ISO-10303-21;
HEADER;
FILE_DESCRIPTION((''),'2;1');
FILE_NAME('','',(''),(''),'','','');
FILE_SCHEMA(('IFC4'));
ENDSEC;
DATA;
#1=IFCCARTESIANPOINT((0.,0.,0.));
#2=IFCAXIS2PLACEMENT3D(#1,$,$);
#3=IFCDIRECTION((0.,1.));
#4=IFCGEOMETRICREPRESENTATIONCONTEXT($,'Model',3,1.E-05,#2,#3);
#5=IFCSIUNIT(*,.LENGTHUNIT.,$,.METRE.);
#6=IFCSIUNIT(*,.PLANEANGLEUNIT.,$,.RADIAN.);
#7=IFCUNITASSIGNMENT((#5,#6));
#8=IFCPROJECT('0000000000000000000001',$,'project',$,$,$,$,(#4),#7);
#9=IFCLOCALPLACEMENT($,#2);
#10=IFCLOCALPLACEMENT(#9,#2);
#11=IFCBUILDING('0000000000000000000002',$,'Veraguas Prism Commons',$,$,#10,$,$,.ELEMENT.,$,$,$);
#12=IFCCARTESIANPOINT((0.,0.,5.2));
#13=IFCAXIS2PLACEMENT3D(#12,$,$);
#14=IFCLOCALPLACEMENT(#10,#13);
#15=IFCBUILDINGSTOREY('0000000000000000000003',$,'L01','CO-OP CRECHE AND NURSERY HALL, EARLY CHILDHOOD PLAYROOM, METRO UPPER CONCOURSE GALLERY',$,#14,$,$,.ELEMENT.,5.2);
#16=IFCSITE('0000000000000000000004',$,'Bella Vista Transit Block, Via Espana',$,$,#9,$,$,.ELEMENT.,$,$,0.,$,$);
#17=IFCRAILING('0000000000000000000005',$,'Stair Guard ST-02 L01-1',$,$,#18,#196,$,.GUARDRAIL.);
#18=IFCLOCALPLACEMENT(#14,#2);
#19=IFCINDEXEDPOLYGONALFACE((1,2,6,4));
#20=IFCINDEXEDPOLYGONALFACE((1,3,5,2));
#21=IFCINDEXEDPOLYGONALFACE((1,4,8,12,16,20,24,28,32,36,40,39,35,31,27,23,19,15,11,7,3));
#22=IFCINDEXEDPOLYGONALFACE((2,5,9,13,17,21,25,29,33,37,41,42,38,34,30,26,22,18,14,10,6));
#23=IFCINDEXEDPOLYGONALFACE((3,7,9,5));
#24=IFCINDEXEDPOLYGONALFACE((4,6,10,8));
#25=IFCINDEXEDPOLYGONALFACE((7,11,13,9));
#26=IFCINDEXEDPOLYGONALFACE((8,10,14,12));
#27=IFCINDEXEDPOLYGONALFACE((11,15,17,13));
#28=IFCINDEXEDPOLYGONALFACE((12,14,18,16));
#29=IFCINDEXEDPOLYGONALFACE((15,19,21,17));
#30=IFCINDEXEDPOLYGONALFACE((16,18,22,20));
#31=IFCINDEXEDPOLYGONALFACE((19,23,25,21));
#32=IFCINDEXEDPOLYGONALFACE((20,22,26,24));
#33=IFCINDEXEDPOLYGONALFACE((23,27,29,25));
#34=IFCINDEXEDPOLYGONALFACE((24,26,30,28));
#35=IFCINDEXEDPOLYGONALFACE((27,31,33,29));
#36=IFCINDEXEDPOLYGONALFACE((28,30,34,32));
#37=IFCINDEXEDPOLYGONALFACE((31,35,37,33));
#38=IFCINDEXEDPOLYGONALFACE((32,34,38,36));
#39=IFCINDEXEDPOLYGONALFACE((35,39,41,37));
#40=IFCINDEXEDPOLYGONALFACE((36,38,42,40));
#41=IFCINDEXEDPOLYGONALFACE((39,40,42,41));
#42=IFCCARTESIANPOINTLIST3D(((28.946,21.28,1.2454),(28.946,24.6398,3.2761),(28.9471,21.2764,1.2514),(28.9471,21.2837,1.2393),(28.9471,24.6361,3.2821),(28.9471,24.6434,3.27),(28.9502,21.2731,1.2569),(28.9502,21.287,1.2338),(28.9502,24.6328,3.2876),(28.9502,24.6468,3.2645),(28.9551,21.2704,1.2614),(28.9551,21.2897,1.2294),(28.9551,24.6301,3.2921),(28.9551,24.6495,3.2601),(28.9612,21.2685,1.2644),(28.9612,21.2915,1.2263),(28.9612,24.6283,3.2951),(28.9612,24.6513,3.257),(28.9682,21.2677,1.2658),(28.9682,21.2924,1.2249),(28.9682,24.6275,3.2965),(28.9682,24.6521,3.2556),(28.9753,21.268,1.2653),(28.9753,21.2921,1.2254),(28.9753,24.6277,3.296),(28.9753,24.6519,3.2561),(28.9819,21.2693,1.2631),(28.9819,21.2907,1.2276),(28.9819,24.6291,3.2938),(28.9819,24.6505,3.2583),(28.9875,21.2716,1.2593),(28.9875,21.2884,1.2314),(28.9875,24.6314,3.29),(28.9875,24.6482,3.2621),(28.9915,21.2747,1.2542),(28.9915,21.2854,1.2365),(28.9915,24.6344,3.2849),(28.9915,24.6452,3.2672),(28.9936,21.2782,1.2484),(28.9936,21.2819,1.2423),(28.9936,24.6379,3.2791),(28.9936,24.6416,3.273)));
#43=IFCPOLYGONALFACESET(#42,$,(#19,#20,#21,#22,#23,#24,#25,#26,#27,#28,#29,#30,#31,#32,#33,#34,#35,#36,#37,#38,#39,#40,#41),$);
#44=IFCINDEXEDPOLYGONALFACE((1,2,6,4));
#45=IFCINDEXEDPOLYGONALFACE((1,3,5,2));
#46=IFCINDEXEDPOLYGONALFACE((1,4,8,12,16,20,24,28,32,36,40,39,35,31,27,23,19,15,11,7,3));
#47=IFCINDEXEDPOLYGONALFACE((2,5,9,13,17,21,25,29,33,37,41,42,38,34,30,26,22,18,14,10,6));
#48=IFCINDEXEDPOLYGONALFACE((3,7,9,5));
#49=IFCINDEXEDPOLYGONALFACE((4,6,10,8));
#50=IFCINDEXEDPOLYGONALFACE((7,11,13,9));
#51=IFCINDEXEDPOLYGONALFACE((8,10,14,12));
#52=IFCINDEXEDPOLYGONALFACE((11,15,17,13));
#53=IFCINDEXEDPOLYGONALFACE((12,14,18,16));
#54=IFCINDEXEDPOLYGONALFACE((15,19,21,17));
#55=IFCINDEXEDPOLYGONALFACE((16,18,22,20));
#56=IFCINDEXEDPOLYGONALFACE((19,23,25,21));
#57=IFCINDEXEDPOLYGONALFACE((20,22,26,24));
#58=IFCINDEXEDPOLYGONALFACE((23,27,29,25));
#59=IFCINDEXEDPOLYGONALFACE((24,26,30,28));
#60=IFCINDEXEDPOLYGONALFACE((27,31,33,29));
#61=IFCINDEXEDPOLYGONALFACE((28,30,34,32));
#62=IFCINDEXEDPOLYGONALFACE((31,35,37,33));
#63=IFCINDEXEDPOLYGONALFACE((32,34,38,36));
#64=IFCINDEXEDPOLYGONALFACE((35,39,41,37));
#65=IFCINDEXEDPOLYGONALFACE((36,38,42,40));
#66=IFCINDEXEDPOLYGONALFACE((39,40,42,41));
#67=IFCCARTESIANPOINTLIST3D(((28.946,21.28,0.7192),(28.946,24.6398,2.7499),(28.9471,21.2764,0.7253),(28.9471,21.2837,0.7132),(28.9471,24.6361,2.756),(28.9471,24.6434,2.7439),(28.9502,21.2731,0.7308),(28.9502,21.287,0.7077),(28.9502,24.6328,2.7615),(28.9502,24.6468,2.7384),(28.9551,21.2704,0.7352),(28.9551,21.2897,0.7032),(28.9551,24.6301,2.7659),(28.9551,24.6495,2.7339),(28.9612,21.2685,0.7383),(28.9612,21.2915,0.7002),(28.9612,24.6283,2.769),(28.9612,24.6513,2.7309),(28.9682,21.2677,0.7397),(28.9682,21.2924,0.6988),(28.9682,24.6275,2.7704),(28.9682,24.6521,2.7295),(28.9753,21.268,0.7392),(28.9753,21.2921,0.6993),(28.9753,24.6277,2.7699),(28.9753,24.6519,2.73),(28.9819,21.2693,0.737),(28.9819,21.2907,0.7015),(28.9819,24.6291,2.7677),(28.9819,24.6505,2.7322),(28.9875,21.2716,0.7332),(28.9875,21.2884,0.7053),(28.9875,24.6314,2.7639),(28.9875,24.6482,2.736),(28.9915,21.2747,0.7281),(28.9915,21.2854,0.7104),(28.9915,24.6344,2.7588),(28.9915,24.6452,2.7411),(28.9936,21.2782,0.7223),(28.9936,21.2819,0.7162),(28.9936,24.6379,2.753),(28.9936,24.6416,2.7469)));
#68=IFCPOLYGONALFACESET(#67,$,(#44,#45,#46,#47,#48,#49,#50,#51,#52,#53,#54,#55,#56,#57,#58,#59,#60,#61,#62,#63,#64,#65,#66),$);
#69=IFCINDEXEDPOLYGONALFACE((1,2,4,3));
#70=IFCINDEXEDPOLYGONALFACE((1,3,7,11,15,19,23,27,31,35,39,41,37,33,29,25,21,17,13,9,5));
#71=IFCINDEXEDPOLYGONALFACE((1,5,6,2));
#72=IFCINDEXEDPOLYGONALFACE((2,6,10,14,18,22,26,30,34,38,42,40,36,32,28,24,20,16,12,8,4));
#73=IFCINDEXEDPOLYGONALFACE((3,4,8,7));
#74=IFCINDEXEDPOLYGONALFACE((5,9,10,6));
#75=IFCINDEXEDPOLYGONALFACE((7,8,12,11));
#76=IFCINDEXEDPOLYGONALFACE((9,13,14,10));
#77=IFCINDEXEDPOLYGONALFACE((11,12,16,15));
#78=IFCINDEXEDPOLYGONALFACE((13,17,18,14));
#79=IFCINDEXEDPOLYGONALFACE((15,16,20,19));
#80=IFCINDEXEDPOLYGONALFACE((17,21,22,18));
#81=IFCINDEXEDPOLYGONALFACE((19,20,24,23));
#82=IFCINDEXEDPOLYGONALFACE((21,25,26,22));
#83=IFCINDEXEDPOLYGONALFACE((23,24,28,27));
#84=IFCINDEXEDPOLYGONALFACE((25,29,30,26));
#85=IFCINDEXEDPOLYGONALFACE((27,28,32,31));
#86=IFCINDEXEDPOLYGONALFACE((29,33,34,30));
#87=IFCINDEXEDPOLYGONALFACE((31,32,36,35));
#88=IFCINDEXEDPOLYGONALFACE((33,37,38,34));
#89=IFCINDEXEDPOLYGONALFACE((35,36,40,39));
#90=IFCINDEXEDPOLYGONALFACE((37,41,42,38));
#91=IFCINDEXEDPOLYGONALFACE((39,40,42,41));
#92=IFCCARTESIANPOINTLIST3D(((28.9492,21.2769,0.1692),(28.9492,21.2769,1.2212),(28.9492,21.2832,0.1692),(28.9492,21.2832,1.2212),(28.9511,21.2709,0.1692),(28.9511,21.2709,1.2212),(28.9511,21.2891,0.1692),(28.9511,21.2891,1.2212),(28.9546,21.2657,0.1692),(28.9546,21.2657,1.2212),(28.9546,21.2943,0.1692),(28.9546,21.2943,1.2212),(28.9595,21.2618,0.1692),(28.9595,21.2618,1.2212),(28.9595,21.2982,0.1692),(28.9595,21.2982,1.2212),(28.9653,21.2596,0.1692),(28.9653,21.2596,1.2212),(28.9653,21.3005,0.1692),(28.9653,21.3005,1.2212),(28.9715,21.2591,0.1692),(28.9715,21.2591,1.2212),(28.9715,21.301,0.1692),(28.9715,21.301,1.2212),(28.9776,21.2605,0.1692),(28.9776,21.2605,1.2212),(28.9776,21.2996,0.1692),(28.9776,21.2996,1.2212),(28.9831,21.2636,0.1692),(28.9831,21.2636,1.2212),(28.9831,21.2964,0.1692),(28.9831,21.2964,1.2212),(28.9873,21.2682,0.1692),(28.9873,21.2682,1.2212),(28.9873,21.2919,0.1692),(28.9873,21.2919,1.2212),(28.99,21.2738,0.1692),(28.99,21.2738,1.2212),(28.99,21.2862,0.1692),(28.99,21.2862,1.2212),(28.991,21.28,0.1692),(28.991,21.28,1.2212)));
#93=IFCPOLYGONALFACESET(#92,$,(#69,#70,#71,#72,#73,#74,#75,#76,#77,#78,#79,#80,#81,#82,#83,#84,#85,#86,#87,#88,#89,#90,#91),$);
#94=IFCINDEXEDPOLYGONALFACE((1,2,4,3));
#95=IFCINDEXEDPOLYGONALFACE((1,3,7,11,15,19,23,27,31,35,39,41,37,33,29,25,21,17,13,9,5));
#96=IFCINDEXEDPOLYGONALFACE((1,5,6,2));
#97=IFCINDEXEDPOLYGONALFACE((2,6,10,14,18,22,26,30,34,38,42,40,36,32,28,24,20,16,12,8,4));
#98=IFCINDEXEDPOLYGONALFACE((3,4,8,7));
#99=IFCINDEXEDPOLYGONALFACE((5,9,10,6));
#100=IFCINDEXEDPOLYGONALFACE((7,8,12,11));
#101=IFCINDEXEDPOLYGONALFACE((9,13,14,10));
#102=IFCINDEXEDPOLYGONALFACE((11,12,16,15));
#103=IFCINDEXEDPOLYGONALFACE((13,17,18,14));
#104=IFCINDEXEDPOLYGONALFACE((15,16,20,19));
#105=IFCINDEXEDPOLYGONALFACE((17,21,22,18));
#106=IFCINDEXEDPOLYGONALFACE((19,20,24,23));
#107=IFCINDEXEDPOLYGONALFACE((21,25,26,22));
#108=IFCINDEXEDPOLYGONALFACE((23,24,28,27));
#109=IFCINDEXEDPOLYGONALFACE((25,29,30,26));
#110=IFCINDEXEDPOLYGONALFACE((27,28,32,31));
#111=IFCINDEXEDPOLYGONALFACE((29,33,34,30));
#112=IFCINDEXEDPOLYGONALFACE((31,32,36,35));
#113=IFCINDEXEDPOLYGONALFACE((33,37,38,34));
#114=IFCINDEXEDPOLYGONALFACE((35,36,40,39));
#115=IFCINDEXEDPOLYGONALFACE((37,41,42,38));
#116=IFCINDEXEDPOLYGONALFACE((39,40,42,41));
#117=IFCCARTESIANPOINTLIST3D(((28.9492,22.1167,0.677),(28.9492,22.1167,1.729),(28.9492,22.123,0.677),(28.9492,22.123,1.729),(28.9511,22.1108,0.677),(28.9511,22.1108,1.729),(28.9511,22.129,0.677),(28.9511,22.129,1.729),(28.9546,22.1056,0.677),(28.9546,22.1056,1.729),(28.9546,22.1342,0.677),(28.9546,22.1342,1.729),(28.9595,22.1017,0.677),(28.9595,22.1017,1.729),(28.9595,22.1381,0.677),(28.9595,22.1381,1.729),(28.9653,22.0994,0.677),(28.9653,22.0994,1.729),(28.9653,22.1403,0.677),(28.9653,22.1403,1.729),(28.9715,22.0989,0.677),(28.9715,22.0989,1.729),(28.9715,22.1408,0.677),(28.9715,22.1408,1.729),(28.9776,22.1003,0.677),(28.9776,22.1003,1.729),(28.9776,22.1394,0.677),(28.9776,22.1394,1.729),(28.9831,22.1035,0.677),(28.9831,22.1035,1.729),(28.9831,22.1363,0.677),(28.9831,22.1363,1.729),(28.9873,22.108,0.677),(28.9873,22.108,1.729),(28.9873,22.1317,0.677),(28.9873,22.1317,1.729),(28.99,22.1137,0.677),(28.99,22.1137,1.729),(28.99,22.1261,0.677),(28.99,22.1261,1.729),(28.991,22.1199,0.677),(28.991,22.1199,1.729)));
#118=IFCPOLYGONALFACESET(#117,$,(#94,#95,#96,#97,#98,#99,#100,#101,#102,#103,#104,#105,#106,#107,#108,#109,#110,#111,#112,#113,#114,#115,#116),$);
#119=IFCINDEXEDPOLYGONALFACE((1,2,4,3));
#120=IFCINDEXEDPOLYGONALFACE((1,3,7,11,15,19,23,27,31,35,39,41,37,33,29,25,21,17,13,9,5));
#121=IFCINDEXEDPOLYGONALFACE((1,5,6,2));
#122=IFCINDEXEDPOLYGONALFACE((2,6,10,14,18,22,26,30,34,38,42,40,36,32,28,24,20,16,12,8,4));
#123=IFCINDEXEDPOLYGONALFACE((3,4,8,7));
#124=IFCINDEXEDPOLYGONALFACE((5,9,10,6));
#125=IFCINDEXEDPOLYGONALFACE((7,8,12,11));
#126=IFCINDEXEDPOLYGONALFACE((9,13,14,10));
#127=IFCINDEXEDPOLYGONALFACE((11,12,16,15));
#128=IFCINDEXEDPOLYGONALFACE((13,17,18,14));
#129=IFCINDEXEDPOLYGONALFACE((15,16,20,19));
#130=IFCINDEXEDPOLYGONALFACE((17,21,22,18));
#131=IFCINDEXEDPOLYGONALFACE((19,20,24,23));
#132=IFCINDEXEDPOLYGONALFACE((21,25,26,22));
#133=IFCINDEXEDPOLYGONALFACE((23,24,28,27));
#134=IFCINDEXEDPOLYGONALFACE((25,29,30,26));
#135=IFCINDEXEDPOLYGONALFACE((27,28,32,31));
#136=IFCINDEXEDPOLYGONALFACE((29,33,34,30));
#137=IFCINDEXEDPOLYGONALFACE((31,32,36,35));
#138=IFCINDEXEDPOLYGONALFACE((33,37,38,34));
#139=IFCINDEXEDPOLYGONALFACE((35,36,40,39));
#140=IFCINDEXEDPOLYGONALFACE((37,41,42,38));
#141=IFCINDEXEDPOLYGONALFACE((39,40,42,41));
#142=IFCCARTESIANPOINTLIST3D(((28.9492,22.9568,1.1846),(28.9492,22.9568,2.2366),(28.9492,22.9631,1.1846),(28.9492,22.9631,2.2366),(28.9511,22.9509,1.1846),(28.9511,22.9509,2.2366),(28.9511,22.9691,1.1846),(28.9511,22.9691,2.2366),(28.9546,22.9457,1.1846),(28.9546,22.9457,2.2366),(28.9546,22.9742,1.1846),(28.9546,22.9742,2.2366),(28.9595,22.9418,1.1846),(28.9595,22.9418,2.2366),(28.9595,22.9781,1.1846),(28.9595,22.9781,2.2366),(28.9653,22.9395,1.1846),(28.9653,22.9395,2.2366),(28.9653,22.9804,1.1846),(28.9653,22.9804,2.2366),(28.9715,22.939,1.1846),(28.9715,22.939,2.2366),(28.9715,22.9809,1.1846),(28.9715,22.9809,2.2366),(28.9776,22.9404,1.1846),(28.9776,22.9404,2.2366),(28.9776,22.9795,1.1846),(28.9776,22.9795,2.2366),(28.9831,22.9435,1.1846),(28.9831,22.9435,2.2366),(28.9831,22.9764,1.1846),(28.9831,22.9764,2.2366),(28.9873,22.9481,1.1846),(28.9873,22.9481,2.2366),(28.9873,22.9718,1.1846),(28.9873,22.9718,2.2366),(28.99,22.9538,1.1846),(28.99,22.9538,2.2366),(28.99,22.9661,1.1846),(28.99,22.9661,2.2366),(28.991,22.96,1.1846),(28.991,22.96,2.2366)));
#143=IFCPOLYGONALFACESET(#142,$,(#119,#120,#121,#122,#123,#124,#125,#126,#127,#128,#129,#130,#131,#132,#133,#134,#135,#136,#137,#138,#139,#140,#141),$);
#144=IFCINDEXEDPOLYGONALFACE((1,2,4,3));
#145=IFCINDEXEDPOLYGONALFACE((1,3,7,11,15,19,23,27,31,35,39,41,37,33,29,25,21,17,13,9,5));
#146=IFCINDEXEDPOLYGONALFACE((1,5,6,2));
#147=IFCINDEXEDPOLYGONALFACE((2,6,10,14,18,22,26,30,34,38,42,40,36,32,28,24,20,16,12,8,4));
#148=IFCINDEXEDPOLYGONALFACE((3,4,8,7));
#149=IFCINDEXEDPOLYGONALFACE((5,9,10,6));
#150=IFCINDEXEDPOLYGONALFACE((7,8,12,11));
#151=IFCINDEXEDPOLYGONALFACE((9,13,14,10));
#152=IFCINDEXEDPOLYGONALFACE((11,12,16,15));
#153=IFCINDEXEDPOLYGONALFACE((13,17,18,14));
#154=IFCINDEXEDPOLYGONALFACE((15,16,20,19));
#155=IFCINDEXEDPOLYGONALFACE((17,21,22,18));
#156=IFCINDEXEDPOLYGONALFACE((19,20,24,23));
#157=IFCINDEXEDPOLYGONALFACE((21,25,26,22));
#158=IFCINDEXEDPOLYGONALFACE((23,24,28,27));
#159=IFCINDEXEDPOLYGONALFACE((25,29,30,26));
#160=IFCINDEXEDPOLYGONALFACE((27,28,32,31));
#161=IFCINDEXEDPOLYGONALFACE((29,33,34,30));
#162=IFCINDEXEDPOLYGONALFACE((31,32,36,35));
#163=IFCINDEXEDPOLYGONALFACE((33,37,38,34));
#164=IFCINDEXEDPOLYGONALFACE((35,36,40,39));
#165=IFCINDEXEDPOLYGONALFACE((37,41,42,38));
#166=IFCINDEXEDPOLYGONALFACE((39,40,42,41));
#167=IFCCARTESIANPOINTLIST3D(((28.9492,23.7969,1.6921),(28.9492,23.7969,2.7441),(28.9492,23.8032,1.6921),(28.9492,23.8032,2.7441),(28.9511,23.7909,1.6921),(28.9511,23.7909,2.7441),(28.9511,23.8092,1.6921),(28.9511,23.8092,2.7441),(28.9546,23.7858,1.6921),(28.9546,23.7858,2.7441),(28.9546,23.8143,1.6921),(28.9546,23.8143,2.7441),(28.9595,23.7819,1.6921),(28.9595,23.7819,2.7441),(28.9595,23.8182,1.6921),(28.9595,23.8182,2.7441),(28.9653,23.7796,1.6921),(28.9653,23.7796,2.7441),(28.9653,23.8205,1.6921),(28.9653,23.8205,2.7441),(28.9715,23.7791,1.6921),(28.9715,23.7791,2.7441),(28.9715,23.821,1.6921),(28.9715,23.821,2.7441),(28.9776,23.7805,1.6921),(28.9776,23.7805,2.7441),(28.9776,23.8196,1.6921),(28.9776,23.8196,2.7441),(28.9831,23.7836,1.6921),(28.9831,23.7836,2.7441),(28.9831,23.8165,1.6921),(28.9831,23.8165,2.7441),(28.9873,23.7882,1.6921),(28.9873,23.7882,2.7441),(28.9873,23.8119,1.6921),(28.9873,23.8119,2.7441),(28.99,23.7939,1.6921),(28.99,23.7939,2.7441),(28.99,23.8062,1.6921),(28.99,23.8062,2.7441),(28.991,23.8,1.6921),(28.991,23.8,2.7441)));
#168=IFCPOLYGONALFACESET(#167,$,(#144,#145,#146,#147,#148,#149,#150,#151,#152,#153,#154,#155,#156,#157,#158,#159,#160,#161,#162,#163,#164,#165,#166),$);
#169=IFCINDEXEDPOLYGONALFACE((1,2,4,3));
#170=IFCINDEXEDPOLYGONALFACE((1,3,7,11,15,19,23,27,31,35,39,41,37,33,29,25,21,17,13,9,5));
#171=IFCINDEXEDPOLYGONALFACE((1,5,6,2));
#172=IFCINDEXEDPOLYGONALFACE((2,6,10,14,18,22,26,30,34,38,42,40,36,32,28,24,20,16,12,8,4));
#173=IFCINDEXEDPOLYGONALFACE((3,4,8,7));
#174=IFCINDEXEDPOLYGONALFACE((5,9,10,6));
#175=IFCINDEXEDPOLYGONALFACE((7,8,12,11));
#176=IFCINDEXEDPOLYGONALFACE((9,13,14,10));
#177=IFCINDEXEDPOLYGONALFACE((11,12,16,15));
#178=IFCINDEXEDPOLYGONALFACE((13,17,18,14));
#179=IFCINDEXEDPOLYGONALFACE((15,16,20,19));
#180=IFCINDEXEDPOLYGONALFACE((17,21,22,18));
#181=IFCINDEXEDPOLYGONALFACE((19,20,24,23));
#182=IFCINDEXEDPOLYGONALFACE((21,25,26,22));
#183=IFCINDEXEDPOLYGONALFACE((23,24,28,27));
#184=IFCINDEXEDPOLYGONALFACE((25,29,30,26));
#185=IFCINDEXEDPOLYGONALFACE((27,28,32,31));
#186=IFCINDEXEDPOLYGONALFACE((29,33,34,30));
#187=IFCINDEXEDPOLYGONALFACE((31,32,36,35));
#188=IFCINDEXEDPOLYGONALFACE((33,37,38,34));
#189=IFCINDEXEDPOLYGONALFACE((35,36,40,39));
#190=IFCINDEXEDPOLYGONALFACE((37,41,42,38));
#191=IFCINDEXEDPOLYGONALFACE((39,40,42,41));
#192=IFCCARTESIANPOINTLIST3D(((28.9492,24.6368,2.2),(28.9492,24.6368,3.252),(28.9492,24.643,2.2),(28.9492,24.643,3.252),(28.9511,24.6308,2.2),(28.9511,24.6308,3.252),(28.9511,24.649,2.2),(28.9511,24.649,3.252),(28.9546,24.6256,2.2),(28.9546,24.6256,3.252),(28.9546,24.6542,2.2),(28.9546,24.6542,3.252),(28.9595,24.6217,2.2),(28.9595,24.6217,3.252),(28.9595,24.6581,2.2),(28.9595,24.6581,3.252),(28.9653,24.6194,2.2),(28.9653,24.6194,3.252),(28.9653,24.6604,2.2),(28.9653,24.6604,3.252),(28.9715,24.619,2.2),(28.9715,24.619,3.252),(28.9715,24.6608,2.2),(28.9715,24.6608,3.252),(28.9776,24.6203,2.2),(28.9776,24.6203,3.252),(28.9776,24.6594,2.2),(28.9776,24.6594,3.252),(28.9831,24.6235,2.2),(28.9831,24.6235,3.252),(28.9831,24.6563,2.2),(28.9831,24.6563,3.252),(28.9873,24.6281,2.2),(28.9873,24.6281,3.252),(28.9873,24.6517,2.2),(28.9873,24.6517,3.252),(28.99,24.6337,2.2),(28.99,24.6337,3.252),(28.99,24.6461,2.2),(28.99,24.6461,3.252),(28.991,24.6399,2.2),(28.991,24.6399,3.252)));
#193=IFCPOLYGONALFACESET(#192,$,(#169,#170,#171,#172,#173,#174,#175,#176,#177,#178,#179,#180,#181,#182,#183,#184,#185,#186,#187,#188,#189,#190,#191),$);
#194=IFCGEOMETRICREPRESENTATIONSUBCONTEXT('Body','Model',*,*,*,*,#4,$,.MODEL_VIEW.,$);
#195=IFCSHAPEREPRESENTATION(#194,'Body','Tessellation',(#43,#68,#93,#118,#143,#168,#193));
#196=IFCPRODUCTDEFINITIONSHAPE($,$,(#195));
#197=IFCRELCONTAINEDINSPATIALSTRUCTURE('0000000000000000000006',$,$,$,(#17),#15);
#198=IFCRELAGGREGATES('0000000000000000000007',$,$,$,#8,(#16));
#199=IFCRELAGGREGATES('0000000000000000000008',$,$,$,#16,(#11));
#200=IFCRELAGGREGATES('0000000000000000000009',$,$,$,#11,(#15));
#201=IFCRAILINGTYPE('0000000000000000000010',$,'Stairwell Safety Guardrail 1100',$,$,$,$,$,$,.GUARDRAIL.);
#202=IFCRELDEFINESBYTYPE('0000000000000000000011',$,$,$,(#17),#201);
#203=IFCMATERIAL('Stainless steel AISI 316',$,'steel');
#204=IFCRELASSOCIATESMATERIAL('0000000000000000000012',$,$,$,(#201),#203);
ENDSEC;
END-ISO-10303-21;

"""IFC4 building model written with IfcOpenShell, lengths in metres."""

from ifc_helpers import new_model, si_unit, direction, frame, origin, origin_2d, place, context, subcontext, project, spatial, circle, extrude, material, type_object, element, save


model = new_model("IFC4")

# Units and contexts
model_context = context("Model", 3, precision=1e-05, world=origin(), true_north=direction((0.0, 1.0)))
body_context = subcontext(model_context, "Body", "Model", "MODEL_VIEW")
ifc_project = project(units=[si_unit("LENGTHUNIT", "METRE"), si_unit("PLANEANGLEUNIT", "RADIAN")], contexts=[model_context])

# Site, building, storey
site_placement = place(None, origin())
site = spatial("IfcSite", under=ifc_project, at=site_placement, Name="Bella Vista Transit Block, Via Espana", CompositionType="ELEMENT", RefElevation=0.0)
building_placement = place(site_placement, origin())
building = spatial("IfcBuilding", under=site, at=building_placement, Name="Veraguas Prism Commons", CompositionType="ELEMENT")
storey_placement = place(building_placement, frame((0.0, 0.0, 5.2)))
storey = spatial("IfcBuildingStorey", under=building, at=storey_placement, Name="L01", Description="CO-OP CRECHE AND NURSERY HALL, EARLY CHILDHOOD PLAYROOM, METRO UPPER CONCOURSE GALLERY", CompositionType="ELEMENT", Elevation=5.2)

# Railing
ifc_material_1 = material(Name="Stainless steel AISI 316", Category="steel")
railing_type_1 = type_object("IfcRailingType", Name="Stairwell Safety Guardrail 1100", PredefinedType="GUARDRAIL", material=ifc_material_1)
railing_1_placement = place(storey_placement, frame((28.97, 21.28, 0.1692)))
element("IfcRailing", 1, at=railing_1_placement, inside=storey, type_object=railing_type_1, Name="Stair Guard ST-02 L01-1", PredefinedType="GUARDRAIL", context=body_context, shape_type="SweptSolid", body=[
    extrude(circle(Radius=0.0239, at=origin_2d()), frame((0.0, 0.0, 1.0762), z_axis=(0.0, 0.85582, 0.517273), x_axis=(-1.0, 0.0, 0.0)), (0.0, 0.0, 1.0), 3.9258),
    extrude(circle(Radius=0.0239, at=origin_2d()), frame((0.0, 0.0, 0.55), z_axis=(0.0, 0.85582, 0.517273), x_axis=(-1.0, 0.0, 0.0)), (0.0, 0.0, 1.0), 3.9258),
    extrude(circle(Radius=0.021, at=origin_2d()), origin(), (0.0, 0.0, 1.0), 1.052),
    extrude(circle(Radius=0.021, at=origin_2d()), frame((0.0, 0.8398, 0.5078)), (0.0, 0.0, 1.0), 1.052),
    extrude(circle(Radius=0.021, at=origin_2d()), frame((0.0, 1.6799, 1.0154)), (0.0, 0.0, 1.0), 1.052),
    extrude(circle(Radius=0.021, at=origin_2d()), frame((0.0, 2.52, 1.5229)), (0.0, 0.0, 1.0), 1.052),
    extrude(circle(Radius=0.021, at=origin_2d()), frame((0.0, 3.3599, 2.0308)), (0.0, 0.0, 1.0), 1.052),
])

save(model, "model.ifc")
